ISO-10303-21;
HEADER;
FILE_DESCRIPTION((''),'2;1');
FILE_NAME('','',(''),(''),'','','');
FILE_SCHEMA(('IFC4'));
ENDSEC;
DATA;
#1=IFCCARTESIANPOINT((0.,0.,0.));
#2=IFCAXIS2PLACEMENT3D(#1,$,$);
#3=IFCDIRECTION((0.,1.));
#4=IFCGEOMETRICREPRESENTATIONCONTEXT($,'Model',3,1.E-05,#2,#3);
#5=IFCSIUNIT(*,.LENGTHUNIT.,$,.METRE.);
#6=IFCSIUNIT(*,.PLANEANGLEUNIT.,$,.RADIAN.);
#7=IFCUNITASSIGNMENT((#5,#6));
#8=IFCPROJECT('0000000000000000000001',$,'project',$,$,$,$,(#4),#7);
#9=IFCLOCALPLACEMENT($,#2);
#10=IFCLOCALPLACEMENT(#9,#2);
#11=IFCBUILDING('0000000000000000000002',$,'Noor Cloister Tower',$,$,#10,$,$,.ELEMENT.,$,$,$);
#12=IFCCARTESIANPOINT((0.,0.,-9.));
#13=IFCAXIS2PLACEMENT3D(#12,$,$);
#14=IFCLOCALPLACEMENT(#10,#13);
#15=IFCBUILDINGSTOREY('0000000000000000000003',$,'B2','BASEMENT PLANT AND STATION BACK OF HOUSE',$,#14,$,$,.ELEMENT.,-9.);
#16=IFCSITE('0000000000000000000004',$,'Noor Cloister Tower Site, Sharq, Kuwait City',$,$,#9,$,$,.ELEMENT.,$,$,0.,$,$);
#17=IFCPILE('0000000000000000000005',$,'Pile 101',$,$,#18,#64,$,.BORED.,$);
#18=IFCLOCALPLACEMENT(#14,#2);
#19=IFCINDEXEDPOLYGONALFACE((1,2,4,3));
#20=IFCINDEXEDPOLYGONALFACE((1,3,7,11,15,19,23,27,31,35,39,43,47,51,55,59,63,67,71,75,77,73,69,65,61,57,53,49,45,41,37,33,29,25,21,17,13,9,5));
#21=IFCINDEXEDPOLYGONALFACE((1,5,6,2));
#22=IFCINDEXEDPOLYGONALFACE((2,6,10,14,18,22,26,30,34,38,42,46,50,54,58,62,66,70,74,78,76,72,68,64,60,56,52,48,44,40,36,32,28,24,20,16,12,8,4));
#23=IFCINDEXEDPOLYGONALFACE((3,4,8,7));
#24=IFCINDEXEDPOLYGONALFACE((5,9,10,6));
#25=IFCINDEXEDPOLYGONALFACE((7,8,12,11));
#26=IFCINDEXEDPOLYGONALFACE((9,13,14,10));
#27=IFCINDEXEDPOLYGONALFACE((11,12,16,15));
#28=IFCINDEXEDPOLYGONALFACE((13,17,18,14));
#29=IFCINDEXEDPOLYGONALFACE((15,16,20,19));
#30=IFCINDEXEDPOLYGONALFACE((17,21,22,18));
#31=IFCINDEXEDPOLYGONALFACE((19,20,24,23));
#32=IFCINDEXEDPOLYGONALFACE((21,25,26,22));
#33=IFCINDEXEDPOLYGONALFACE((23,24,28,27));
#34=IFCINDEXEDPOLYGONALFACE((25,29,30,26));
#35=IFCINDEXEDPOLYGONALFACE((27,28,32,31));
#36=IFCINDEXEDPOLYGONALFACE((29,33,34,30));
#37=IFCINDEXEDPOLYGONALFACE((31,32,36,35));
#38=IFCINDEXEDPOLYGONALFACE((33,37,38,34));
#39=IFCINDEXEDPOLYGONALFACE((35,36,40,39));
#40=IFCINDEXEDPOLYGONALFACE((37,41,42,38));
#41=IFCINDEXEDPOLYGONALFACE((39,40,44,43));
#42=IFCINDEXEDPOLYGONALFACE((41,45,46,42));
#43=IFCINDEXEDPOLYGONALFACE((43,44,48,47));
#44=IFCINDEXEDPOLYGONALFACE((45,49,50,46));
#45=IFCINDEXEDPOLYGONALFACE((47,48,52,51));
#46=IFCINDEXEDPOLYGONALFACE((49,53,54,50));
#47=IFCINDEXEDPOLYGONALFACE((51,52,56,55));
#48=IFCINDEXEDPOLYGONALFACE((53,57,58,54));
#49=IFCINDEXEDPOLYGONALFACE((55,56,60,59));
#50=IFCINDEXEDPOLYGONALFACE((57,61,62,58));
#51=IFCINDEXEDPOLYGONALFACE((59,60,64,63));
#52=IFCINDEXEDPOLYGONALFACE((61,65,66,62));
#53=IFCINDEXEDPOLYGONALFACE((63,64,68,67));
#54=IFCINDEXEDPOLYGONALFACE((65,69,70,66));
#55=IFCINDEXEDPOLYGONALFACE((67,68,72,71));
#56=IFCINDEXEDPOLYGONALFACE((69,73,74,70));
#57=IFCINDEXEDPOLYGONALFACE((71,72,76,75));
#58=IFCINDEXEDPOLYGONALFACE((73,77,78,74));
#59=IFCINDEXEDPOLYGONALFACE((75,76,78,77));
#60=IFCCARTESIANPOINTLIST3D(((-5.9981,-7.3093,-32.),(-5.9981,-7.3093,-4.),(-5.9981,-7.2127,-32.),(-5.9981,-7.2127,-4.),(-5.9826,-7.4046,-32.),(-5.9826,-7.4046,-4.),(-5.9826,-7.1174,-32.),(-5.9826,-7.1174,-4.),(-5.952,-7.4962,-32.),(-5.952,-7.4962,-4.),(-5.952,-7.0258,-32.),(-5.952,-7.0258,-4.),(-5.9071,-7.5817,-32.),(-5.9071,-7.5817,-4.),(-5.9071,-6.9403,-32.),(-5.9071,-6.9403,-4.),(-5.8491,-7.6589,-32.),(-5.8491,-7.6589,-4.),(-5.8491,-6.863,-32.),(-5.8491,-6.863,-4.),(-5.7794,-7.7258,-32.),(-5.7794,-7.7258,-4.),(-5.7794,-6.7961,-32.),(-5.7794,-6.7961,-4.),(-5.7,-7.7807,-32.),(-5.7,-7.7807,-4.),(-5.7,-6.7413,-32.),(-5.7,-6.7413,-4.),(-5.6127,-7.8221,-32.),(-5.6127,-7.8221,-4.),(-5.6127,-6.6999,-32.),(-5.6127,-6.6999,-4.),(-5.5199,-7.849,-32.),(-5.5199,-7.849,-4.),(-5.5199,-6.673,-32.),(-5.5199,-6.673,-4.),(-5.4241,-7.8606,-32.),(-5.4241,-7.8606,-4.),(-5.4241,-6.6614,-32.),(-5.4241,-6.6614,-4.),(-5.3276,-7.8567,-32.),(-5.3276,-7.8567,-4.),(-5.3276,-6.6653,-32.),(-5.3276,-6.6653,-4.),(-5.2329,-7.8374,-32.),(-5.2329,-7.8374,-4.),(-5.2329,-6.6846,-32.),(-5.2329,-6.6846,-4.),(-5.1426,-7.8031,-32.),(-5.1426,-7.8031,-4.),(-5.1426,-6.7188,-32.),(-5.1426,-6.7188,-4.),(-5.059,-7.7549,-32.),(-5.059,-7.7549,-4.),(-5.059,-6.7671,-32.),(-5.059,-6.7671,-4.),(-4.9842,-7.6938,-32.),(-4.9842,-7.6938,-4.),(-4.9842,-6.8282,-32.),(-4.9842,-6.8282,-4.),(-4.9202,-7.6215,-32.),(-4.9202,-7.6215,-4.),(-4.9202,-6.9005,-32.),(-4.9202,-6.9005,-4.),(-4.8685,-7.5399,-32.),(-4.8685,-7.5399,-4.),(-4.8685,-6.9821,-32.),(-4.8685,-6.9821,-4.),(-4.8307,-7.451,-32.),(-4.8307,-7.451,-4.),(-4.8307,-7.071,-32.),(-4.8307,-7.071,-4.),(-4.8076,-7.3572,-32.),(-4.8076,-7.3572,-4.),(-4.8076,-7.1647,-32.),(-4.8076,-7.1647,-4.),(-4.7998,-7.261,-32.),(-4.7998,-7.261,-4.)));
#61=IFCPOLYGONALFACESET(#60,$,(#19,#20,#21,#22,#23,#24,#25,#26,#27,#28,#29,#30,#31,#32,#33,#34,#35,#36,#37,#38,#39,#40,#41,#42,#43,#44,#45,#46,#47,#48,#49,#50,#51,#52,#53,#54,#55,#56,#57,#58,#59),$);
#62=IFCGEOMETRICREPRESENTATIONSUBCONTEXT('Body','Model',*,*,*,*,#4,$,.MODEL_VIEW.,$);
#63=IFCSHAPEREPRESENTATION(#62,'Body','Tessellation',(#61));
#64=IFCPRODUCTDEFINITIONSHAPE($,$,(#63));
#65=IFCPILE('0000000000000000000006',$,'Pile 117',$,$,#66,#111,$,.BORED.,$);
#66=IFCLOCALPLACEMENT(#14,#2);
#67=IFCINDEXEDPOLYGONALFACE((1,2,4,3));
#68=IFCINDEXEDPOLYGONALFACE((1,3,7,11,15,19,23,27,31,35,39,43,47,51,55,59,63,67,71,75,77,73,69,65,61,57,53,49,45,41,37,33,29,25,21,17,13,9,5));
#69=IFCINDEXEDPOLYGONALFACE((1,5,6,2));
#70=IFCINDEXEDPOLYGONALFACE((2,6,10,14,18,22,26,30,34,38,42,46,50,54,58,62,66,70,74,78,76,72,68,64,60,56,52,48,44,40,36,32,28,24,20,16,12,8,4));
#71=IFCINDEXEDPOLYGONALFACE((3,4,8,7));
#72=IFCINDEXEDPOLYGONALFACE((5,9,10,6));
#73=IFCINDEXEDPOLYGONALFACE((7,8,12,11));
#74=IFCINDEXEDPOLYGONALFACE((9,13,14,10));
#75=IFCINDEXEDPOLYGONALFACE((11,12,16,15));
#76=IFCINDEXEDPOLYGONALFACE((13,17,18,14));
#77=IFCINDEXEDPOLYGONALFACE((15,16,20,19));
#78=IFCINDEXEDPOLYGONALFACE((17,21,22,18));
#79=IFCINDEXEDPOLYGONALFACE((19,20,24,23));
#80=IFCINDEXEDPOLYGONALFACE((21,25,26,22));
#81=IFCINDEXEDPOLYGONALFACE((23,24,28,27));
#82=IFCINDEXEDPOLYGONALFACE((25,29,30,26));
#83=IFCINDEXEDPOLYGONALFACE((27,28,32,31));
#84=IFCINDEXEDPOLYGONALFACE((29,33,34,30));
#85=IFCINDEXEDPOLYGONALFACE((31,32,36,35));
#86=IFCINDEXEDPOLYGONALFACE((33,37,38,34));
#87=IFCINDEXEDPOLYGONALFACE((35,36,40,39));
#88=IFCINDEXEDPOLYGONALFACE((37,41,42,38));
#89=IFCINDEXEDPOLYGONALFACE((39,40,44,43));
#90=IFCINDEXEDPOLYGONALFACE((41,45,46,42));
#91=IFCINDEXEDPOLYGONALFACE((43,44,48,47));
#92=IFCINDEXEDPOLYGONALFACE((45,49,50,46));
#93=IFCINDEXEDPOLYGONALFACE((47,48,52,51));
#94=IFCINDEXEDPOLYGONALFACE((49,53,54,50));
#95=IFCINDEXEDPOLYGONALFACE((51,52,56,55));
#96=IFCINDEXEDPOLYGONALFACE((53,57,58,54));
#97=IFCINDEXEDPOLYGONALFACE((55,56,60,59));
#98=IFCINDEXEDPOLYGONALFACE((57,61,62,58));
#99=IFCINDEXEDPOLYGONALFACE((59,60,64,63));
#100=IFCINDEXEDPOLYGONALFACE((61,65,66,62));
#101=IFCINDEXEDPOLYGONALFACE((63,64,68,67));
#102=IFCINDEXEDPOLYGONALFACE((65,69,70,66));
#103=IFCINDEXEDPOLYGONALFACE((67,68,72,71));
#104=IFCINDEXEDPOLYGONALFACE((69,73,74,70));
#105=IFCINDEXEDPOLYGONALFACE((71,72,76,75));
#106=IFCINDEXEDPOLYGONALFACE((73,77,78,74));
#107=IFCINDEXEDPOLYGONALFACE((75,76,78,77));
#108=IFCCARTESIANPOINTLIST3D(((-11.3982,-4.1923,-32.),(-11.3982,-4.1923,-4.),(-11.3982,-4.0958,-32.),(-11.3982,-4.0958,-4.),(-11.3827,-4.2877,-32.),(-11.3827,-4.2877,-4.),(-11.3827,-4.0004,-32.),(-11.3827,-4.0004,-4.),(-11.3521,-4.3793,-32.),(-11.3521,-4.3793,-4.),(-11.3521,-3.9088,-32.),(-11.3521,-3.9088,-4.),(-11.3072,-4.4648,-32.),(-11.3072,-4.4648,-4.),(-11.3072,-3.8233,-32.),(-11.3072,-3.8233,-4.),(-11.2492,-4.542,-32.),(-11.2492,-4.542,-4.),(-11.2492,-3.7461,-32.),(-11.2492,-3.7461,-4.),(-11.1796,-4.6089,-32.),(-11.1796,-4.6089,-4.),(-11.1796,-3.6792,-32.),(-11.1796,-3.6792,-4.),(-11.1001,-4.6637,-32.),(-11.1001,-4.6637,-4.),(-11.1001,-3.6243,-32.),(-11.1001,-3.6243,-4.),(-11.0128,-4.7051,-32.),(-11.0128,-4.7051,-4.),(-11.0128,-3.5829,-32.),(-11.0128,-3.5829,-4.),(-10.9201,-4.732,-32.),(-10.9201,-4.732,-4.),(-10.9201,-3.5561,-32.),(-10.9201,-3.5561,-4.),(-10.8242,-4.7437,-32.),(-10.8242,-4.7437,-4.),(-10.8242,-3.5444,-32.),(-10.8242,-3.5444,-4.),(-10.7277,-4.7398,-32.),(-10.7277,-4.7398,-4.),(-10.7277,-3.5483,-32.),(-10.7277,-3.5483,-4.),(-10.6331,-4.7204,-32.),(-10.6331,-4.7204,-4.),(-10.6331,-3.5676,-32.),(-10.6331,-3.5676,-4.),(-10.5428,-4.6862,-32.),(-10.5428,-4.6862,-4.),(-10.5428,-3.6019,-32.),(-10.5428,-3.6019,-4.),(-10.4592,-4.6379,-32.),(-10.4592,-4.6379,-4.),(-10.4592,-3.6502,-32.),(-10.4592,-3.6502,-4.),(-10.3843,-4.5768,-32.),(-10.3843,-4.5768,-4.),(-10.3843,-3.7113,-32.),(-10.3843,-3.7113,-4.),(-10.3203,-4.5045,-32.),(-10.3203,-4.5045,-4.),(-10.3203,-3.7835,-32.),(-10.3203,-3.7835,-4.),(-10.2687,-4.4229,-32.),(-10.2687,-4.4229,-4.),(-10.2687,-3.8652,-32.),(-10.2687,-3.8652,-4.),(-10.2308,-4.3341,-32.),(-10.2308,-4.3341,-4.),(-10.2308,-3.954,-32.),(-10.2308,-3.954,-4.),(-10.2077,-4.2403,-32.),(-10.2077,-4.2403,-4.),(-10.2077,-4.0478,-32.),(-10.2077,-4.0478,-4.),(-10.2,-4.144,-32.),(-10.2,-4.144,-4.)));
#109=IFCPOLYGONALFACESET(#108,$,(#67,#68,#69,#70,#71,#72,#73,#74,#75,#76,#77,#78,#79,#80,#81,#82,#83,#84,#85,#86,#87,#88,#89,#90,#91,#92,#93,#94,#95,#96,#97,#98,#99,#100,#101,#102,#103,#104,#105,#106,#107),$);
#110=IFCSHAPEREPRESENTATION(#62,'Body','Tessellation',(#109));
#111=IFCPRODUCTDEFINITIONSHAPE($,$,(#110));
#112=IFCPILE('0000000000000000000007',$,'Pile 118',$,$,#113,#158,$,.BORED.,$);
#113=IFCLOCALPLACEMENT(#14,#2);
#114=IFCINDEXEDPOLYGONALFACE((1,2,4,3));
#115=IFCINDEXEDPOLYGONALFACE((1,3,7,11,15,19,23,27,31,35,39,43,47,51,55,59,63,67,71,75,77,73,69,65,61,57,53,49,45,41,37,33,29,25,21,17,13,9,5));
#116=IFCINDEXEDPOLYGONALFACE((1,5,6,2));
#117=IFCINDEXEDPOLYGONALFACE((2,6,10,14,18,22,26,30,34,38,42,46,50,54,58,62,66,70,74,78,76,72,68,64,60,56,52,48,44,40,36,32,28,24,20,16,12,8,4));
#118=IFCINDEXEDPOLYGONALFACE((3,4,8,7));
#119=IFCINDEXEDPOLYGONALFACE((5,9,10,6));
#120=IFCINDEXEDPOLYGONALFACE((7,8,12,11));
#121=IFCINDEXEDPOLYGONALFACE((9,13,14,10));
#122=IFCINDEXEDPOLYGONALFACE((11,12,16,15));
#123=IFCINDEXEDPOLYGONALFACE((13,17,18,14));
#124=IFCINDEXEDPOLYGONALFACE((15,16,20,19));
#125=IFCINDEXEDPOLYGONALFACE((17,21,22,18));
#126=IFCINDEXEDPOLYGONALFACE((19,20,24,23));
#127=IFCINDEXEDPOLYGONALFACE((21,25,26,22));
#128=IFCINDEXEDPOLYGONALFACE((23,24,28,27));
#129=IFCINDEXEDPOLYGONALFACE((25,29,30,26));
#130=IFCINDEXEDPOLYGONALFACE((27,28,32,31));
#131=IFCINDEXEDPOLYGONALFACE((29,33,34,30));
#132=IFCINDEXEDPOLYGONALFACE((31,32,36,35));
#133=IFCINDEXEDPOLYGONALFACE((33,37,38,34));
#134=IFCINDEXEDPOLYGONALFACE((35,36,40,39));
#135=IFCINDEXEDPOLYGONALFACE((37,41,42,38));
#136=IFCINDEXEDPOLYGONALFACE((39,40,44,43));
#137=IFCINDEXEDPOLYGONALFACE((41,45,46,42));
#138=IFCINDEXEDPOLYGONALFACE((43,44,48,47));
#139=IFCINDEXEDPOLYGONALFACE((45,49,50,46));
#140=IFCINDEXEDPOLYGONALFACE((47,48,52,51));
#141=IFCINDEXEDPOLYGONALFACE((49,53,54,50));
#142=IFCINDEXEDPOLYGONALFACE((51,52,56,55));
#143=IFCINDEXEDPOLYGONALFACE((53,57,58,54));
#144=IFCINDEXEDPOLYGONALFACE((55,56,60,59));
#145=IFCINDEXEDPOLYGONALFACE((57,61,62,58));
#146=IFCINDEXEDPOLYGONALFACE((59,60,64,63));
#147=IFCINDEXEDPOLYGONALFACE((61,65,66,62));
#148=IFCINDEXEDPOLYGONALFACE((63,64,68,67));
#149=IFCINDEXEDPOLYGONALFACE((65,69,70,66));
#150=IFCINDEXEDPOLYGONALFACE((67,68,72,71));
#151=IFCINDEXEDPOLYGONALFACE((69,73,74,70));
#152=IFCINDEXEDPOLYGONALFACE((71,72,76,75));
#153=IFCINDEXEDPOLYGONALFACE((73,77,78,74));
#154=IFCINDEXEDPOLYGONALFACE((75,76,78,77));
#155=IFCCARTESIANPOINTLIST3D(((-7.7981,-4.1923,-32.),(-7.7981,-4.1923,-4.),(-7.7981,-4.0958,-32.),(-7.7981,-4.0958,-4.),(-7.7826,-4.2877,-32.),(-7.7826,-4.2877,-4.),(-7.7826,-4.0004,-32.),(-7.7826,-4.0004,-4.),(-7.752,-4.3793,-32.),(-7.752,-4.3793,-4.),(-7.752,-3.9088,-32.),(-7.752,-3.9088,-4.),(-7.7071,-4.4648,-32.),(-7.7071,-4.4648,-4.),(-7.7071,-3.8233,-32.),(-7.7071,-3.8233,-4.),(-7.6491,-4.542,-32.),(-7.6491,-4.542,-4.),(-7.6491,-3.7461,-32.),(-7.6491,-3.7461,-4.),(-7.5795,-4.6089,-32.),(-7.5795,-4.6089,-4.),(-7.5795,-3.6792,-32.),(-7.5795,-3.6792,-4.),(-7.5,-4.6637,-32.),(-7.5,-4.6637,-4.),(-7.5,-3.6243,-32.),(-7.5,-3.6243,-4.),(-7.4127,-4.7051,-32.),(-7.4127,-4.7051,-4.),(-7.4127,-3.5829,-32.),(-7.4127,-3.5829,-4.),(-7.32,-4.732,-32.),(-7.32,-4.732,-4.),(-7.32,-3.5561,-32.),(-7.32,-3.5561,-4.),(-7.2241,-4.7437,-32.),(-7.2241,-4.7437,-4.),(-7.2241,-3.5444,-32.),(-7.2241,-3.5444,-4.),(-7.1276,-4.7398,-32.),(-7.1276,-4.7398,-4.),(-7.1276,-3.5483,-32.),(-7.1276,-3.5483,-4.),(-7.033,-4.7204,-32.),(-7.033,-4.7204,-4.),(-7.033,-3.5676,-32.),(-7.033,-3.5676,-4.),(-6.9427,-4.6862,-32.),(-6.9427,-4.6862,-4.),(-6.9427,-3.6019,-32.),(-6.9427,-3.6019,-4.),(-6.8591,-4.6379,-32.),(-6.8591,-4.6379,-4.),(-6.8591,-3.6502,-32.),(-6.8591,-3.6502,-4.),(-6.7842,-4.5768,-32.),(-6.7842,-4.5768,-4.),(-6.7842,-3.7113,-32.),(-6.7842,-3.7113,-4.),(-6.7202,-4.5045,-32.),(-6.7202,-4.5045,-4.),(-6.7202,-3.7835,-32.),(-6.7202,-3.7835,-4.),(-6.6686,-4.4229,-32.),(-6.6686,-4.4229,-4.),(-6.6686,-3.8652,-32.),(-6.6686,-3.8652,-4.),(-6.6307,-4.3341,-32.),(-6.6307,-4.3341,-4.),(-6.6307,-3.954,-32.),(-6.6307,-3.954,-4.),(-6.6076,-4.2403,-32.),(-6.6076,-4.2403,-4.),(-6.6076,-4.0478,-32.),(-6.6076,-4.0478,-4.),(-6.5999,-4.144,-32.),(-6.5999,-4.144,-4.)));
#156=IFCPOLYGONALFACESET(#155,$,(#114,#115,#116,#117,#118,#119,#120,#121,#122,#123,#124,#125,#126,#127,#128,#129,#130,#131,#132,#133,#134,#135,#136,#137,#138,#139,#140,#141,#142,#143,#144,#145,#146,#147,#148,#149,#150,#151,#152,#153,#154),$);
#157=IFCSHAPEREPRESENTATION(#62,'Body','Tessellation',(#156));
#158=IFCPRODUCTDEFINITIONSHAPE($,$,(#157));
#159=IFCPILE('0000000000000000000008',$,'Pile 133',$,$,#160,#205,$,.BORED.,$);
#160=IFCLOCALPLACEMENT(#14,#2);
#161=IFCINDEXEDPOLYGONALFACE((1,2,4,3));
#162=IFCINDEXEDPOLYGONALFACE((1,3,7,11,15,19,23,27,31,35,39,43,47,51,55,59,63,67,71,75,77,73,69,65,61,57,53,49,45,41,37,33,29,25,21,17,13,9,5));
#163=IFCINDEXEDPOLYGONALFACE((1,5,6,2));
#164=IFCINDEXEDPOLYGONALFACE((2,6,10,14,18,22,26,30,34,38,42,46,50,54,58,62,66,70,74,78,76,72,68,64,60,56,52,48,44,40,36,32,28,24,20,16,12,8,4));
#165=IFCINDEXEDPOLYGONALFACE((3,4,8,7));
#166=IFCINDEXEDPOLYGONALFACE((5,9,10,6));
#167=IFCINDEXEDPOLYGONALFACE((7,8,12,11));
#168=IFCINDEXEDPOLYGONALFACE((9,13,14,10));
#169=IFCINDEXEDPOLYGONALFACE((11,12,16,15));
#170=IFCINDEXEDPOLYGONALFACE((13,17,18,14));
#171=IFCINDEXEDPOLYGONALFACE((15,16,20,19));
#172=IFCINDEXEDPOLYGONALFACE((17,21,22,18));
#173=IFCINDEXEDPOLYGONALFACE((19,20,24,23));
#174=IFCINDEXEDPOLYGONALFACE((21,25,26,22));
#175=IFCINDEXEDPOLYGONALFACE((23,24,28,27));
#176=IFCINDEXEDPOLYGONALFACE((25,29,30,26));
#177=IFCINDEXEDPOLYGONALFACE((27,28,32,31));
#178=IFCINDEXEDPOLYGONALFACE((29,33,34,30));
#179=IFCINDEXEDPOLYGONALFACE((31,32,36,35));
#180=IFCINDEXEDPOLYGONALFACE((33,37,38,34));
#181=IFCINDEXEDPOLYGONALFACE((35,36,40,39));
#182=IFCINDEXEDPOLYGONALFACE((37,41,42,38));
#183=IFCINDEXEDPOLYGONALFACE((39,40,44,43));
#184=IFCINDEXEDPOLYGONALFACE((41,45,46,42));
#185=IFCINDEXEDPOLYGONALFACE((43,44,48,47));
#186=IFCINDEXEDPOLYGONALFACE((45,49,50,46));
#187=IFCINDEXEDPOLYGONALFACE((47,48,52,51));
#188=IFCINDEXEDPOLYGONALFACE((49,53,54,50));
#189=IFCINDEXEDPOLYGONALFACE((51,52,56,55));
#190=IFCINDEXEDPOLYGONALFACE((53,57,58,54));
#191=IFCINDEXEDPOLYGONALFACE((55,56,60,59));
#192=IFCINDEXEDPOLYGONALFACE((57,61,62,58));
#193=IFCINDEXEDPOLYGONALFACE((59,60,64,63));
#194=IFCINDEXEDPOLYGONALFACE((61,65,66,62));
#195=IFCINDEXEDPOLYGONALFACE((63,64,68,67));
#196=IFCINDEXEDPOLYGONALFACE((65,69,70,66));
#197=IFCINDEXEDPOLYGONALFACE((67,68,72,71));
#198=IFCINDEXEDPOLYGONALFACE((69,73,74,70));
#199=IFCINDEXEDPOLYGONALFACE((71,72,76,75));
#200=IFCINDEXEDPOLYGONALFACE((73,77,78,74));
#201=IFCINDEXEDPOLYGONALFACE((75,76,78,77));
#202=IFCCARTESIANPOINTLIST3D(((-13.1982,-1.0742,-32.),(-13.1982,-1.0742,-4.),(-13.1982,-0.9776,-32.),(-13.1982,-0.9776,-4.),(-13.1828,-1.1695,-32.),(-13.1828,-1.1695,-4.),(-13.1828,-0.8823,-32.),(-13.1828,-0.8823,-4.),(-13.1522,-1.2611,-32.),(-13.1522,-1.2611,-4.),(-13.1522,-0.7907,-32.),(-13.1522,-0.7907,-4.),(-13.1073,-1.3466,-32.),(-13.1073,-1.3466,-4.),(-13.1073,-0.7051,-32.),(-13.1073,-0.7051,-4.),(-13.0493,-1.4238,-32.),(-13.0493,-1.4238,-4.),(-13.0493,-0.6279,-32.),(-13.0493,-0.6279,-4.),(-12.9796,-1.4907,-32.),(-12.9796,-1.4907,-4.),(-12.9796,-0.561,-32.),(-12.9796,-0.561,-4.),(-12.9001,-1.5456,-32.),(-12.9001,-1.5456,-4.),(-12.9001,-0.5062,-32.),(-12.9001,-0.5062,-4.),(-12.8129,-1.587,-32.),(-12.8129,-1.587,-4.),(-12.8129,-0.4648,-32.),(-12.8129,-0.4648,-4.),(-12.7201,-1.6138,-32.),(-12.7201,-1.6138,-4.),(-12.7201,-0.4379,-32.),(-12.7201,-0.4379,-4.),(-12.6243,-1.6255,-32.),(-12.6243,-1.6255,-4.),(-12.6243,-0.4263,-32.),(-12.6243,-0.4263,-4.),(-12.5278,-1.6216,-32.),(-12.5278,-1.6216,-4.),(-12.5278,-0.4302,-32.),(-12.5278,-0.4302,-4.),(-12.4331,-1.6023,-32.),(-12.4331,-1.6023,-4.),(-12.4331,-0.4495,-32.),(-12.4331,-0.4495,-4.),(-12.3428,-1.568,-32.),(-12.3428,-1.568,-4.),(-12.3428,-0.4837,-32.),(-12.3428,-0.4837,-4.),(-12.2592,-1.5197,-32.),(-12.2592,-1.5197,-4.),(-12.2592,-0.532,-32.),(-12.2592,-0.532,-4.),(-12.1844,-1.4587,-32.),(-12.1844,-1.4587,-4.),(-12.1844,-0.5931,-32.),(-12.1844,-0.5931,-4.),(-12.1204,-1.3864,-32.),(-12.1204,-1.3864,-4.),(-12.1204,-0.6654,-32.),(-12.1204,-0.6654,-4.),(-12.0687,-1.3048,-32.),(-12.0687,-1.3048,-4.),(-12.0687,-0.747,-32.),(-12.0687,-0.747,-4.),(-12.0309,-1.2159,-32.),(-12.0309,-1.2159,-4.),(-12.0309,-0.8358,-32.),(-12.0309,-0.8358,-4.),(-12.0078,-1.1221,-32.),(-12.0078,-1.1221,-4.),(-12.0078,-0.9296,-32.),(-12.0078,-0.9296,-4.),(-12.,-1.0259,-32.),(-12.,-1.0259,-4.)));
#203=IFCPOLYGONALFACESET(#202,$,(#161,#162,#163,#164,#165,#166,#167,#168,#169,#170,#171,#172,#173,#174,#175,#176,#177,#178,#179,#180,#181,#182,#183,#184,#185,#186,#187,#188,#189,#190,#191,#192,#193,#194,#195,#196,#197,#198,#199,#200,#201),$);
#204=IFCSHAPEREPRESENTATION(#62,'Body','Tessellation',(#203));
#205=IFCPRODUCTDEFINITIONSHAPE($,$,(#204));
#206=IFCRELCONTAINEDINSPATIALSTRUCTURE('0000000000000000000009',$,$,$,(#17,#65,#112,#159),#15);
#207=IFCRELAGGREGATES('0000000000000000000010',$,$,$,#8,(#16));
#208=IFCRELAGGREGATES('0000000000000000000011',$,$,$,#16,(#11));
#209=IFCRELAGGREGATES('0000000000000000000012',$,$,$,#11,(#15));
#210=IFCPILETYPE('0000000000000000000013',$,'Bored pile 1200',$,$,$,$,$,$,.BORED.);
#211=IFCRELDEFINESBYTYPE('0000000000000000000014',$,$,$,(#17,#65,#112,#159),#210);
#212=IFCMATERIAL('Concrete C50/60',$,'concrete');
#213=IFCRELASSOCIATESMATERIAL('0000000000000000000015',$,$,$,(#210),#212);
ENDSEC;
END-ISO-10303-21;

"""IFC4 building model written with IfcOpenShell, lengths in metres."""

from ifc_helpers import new_model, si_unit, direction, frame, origin, origin_2d, place, context, subcontext, project, spatial, circle, extrude, material, material_profile, profile_set, type_object, element, save


model = new_model("IFC4")

# Units and contexts
model_context = context("Model", 3, precision=1e-05, world=origin(), true_north=direction((0.0, 1.0)))
body_context = subcontext(model_context, "Body", "Model", "MODEL_VIEW")
ifc_project = project(units=[si_unit("LENGTHUNIT", "METRE"), si_unit("PLANEANGLEUNIT", "RADIAN")], contexts=[model_context])

# Site, building, storey
site_placement = place(None, origin())
site = spatial("IfcSite", under=ifc_project, at=site_placement, Name="Noor Cloister Tower Site, Sharq, Kuwait City", CompositionType="ELEMENT", RefElevation=0.0)
building_placement = place(site_placement, origin())
building = spatial("IfcBuilding", under=site, at=building_placement, Name="Noor Cloister Tower", CompositionType="ELEMENT")
storey_placement = place(building_placement, frame((0.0, 0.0, -9.0)))
storey = spatial("IfcBuildingStorey", under=building, at=storey_placement, Name="B2", Description="BASEMENT PLANT AND STATION BACK OF HOUSE", CompositionType="ELEMENT", Elevation=-9.0)

# Piles
ifc_material_1 = material(Name="Concrete C50/60", Category="concrete")
ifc_material_profile = material_profile(ifc_material_1, circle(Radius=0.6001, at=origin_2d()), Name="Bored pile 1200")
ifc_profile_set = profile_set([ifc_material_profile], Name="Concrete C50/60")
pile_type = type_object("IfcPileType", Name="Bored pile 1200", PredefinedType="BORED", material=ifc_profile_set)
for number, where, z_axis, x_axis, name in (
    (1, (-5.3999, -7.261, -4.0), (0.0, 0.0, -1.0), (1.0, 0.0, 0.0), "Pile 101"),
    (2, (-10.8, -4.144, -4.0), (0.0, 0.0, -1.0), (1.0, 0.0, 0.0), "Pile 117"),
    (3, (-7.2, -4.144, -4.0), (0.0, 0.0, -1.0), (1.0, 0.0, 0.0), "Pile 118"),
    (4, (-12.6001, -1.0259, -4.0), (0.0, 0.0, -1.0), (1.0, 0.0, 0.0), "Pile 133"),
):
    element("IfcPile", number, at=place(storey_placement, frame(where, z_axis=z_axis, x_axis=x_axis)), inside=storey, type_object=pile_type, Name=name, PredefinedType="BORED", context=body_context, shape_type="SweptSolid", body=[
        extrude(circle(Radius=0.6001, at=origin_2d()), origin(), (0.0, 0.0, 1.0), 28.0),
    ])

save(model, "model.ifc")
